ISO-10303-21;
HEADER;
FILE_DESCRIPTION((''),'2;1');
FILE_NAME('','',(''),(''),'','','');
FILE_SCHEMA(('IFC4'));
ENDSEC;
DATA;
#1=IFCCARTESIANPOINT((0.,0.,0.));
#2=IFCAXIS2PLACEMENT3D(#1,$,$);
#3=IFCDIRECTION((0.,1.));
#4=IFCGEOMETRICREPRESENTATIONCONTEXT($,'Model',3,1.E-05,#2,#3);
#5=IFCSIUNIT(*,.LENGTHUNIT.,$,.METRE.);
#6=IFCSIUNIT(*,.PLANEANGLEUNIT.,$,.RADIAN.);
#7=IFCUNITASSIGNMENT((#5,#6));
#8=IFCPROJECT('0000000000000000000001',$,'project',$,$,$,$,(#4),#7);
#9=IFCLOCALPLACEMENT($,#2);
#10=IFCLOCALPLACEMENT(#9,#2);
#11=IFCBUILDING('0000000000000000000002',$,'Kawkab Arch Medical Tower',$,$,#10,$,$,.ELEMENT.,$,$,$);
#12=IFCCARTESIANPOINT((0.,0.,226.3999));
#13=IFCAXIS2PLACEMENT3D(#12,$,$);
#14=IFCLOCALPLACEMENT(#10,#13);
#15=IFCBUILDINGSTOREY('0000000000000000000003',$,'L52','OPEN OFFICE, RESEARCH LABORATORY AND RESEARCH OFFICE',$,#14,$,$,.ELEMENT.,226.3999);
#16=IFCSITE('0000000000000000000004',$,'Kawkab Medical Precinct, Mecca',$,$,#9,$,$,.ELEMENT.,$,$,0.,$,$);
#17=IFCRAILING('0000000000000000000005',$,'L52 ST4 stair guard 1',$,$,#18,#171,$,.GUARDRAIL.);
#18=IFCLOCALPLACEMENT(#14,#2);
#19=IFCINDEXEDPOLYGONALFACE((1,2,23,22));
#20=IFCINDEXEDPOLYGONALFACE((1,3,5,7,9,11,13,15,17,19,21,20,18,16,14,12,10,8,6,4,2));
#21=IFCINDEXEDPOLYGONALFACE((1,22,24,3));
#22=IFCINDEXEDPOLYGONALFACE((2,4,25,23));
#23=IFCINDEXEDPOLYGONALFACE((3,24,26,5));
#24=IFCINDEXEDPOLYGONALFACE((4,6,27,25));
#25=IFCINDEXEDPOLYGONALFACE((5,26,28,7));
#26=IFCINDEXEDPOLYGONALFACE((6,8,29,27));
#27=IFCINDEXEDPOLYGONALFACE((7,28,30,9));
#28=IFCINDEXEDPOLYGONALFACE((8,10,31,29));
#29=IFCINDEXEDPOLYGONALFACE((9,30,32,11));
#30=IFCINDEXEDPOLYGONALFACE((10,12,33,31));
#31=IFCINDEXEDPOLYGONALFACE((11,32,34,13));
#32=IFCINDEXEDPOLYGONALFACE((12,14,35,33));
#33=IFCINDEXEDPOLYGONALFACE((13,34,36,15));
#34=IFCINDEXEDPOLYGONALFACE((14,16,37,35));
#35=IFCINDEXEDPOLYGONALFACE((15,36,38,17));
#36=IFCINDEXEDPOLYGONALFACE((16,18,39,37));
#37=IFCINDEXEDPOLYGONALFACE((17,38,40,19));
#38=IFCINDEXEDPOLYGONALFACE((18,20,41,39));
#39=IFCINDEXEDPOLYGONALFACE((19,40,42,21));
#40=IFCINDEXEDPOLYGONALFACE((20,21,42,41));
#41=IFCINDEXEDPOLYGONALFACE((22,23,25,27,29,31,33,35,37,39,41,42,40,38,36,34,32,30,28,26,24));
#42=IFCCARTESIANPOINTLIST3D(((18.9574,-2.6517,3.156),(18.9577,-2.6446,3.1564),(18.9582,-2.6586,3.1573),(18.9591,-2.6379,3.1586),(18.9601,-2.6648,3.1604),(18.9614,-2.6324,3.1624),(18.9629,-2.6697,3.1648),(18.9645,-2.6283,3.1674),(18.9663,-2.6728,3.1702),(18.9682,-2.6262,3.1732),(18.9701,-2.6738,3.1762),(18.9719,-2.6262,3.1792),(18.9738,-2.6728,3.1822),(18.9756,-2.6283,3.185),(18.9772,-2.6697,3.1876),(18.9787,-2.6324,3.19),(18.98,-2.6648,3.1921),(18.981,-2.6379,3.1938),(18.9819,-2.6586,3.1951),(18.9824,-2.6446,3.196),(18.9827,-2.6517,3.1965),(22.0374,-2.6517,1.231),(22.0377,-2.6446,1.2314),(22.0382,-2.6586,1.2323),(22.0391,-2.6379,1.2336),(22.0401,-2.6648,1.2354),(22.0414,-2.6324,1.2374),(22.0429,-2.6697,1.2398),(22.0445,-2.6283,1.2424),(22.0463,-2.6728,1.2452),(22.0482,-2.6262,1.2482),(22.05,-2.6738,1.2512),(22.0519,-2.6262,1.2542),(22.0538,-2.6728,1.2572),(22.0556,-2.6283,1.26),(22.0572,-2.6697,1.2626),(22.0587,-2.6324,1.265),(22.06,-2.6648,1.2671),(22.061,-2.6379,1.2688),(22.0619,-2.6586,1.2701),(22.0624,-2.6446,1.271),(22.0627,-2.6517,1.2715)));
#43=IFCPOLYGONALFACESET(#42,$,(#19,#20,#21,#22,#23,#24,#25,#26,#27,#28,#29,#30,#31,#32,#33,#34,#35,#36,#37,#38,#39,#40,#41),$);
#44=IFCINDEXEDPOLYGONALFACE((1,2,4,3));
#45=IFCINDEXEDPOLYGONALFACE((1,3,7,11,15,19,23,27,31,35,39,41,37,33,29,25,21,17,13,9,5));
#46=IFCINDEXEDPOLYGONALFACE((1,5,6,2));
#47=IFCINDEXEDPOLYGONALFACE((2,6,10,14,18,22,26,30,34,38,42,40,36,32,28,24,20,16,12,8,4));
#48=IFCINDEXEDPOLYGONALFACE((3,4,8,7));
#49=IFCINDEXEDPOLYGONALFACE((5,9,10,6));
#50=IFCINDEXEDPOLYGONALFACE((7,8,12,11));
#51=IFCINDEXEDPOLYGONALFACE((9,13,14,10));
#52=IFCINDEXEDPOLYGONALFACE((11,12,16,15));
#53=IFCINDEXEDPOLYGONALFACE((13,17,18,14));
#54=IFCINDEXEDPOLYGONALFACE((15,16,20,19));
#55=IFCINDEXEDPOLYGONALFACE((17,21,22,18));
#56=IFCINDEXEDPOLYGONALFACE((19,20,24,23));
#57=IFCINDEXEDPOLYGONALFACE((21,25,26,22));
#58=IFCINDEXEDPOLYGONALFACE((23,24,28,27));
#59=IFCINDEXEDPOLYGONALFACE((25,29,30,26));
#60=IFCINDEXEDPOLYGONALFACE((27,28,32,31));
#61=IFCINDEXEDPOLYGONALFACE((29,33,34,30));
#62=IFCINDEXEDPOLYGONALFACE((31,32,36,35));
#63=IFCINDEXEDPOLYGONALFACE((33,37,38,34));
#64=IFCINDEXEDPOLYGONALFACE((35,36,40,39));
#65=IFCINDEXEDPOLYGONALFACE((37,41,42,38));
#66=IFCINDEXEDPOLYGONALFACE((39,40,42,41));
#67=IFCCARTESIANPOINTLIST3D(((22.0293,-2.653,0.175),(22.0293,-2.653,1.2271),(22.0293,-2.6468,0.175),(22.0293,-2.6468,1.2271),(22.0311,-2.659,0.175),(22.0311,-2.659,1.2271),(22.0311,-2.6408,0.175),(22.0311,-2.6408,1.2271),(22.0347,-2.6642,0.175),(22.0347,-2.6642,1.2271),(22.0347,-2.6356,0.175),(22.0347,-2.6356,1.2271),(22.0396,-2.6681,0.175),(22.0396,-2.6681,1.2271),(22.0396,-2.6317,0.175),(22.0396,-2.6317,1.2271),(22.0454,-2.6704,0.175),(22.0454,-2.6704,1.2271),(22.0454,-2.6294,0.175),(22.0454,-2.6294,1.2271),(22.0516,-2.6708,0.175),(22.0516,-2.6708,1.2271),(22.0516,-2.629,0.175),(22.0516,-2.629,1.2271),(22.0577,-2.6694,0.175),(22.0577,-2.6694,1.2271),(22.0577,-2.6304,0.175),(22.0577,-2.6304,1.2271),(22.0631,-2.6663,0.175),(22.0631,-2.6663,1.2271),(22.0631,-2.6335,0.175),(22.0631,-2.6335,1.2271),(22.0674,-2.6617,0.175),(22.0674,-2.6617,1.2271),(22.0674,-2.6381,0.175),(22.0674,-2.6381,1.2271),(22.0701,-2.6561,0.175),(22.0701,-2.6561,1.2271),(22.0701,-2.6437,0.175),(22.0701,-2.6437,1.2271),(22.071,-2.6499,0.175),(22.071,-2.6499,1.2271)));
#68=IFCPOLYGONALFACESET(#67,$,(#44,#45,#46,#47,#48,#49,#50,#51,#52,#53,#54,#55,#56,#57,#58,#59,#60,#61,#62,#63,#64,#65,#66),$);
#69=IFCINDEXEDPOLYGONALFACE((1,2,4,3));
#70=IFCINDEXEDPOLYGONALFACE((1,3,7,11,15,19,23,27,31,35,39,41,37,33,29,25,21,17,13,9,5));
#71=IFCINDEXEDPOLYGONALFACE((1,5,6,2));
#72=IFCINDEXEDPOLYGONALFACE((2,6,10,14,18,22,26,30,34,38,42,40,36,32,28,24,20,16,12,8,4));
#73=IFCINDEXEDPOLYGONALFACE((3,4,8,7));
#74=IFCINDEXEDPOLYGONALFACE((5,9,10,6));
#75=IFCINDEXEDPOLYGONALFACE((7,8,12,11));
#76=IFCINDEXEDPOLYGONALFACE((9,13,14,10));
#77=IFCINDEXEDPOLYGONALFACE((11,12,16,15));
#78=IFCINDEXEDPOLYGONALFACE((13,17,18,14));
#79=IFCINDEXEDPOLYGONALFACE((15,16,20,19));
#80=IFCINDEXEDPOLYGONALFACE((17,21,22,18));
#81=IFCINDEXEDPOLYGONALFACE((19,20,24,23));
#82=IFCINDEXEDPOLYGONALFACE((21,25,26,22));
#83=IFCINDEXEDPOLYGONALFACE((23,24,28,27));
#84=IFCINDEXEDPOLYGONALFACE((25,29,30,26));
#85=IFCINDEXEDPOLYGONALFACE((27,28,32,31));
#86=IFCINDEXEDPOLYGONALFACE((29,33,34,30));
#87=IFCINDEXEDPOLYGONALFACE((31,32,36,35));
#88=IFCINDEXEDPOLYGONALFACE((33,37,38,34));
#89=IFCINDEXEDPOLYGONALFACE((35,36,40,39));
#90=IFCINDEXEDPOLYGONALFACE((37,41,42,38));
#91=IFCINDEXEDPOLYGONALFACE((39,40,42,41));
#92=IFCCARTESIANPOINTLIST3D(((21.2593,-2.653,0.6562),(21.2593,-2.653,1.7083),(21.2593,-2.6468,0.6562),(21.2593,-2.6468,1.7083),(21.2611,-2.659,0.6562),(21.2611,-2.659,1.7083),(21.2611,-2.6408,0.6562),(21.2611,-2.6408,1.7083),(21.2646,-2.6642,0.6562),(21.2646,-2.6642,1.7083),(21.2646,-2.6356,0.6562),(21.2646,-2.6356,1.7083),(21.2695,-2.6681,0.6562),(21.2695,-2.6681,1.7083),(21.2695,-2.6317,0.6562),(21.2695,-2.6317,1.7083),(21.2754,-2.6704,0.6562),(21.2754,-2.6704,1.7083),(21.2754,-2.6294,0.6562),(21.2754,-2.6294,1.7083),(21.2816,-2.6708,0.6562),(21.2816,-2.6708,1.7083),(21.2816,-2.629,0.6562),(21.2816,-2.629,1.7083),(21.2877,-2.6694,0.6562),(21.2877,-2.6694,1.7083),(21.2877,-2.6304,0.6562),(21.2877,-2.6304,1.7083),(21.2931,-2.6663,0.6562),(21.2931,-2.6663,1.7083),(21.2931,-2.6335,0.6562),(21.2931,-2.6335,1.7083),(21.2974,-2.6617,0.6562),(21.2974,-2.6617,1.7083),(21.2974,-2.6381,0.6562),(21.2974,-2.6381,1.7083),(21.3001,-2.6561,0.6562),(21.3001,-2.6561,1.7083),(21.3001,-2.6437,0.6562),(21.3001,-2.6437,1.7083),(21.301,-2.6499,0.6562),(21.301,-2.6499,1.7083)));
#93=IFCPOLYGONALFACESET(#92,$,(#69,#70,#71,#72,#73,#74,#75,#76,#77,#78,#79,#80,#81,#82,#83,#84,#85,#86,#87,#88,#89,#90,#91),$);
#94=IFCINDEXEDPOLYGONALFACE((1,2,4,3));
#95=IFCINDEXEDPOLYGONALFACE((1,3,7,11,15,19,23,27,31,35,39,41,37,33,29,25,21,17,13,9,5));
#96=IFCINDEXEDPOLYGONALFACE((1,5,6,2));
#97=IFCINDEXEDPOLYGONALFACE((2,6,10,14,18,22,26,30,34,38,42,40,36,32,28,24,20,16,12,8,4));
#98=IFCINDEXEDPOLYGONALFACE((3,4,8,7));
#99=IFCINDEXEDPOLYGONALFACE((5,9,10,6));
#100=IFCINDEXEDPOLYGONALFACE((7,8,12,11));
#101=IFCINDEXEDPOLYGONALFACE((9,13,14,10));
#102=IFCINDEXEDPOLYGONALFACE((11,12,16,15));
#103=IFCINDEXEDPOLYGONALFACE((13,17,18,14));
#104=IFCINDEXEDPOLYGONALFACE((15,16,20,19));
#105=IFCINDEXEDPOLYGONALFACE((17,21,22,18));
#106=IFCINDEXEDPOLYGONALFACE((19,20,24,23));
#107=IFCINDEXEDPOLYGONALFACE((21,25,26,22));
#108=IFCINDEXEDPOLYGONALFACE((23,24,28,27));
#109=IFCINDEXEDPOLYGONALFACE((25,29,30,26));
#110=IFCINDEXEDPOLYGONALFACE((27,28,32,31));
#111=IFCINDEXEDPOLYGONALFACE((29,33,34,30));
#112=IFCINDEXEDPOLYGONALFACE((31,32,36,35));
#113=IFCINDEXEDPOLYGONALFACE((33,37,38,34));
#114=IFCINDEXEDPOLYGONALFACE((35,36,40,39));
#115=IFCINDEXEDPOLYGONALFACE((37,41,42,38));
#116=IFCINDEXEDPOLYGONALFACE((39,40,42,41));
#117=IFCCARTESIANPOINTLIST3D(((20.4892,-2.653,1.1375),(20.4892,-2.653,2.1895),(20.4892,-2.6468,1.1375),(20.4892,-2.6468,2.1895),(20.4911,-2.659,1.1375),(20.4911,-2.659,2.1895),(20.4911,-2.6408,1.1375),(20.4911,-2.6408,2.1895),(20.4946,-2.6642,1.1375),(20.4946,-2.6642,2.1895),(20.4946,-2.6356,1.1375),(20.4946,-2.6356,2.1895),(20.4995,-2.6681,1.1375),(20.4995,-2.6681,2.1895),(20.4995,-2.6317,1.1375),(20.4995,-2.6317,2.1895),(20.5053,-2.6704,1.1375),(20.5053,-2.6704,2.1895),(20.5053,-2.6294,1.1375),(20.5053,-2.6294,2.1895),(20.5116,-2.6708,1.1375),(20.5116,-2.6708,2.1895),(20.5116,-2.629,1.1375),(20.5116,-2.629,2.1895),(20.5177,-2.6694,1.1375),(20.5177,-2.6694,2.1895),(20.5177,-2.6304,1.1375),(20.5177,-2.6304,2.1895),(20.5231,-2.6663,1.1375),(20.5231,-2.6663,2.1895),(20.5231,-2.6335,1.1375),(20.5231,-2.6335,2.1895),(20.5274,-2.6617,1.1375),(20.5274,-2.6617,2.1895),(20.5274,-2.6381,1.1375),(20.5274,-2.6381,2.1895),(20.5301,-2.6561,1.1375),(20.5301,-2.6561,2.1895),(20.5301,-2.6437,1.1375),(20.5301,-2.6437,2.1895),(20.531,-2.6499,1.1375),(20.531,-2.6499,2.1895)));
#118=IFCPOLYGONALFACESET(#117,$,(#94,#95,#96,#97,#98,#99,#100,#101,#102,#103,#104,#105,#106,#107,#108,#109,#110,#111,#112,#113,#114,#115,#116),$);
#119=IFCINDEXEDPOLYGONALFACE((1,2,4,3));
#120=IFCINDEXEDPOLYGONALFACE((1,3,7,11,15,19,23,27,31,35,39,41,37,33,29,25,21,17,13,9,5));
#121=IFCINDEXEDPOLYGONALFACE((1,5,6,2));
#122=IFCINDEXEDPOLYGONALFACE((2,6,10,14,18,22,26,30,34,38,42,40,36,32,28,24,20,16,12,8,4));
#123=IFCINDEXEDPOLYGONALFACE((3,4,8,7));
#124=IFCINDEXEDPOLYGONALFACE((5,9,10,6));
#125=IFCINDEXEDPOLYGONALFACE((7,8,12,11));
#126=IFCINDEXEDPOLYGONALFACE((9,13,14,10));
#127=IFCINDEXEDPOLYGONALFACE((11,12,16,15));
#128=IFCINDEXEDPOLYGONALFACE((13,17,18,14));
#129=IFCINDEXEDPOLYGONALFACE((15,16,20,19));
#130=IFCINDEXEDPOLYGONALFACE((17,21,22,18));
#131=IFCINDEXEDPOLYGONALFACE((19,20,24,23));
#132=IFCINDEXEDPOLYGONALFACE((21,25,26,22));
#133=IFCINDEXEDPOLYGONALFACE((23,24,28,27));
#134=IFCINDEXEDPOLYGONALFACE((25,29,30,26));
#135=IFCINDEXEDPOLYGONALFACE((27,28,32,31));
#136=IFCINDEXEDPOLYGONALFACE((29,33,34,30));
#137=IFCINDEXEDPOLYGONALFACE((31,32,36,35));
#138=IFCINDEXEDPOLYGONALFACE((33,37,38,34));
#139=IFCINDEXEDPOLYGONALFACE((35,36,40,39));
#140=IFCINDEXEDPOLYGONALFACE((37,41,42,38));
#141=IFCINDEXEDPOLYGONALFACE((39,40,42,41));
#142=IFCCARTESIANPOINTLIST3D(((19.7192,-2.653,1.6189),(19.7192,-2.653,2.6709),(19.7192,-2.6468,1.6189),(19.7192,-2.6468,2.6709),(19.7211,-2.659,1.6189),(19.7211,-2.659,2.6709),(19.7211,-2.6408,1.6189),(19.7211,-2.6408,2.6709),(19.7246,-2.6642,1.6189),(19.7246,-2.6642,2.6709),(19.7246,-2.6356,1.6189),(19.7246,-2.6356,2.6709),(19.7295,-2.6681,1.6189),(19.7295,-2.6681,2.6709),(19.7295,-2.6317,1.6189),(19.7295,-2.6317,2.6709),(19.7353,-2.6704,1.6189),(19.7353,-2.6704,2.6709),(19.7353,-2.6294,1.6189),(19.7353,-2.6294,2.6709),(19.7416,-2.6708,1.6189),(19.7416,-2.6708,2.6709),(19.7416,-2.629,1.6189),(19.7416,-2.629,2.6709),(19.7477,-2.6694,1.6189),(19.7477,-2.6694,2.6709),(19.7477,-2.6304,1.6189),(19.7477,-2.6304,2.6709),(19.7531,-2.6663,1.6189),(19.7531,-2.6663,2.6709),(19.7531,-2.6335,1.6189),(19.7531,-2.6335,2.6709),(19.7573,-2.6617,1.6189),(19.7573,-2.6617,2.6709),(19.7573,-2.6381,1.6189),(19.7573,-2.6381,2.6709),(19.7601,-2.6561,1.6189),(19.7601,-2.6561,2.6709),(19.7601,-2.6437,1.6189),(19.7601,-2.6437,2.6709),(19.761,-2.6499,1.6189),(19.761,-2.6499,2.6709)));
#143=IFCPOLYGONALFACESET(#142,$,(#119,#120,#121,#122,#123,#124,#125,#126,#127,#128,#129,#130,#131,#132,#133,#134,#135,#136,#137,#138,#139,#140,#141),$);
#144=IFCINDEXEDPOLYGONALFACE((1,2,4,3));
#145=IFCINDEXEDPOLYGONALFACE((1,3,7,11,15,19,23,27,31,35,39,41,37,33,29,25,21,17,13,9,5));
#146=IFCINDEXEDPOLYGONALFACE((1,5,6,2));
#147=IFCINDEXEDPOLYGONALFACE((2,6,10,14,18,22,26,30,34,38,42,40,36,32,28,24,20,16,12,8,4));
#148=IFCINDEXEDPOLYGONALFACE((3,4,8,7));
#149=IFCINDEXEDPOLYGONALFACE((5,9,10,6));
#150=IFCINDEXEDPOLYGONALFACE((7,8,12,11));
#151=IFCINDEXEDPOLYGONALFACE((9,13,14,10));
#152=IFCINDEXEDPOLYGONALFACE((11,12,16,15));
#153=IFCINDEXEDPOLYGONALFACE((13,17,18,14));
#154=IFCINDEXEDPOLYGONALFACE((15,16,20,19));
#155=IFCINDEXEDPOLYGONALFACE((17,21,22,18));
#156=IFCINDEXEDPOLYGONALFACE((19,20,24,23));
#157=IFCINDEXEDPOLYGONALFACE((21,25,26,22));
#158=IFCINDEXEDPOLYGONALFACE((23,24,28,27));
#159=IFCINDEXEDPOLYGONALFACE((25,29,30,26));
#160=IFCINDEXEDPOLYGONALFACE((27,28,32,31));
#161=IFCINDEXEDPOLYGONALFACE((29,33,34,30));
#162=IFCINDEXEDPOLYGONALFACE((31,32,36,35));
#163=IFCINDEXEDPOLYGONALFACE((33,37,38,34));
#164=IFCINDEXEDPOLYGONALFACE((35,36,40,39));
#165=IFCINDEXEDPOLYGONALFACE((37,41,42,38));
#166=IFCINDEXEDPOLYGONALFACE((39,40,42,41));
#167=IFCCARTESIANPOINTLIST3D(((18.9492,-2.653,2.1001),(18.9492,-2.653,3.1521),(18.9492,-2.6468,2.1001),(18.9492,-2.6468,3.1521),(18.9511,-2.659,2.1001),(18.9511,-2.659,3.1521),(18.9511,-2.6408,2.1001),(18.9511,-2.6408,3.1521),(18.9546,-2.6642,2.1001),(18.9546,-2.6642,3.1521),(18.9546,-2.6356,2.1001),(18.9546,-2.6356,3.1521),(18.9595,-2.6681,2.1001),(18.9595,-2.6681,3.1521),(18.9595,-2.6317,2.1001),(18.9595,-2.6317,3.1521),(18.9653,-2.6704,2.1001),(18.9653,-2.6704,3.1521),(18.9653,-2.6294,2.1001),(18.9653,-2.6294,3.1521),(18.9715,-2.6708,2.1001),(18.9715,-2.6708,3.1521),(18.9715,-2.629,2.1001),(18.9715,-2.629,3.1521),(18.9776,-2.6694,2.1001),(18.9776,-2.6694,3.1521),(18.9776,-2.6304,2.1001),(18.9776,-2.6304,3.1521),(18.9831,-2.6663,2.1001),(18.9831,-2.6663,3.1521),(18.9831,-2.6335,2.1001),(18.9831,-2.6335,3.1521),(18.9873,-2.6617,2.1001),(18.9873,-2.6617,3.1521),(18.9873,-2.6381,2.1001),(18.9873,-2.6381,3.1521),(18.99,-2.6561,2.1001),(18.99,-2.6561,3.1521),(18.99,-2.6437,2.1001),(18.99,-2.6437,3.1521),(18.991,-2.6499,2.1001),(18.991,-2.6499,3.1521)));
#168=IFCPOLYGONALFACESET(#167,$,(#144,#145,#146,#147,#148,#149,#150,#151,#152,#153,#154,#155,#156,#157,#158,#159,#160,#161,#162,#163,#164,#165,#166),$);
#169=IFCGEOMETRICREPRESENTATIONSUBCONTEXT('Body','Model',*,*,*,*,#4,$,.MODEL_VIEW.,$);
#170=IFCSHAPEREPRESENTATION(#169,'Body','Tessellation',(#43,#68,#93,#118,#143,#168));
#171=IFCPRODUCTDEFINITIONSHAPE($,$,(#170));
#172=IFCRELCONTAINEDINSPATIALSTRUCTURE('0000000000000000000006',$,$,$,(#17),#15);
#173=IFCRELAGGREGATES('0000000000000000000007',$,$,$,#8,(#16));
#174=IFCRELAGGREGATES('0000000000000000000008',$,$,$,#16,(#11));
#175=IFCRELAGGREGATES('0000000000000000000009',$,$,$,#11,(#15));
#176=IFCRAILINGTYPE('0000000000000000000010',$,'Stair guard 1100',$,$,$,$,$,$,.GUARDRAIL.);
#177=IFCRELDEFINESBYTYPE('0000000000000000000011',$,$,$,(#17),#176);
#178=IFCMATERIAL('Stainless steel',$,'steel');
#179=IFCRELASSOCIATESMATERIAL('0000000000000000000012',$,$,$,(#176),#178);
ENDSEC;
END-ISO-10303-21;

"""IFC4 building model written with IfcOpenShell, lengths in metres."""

from ifc_helpers import new_model, si_unit, direction, frame, origin, origin_2d, place, context, subcontext, project, spatial, circle, extrude, material, type_object, element, save


model = new_model("IFC4")

# Units and contexts
model_context = context("Model", 3, precision=1e-05, world=origin(), true_north=direction((0.0, 1.0)))
body_context = subcontext(model_context, "Body", "Model", "MODEL_VIEW")
ifc_project = project(units=[si_unit("LENGTHUNIT", "METRE"), si_unit("PLANEANGLEUNIT", "RADIAN")], contexts=[model_context])

# Site, building, storey
site_placement = place(None, origin())
site = spatial("IfcSite", under=ifc_project, at=site_placement, Name="Kawkab Medical Precinct, Mecca", CompositionType="ELEMENT", RefElevation=0.0)
building_placement = place(site_placement, origin())
building = spatial("IfcBuilding", under=site, at=building_placement, Name="Kawkab Arch Medical Tower", CompositionType="ELEMENT")
storey_placement = place(building_placement, frame((0.0, 0.0, 226.3999)))
storey = spatial("IfcBuildingStorey", under=building, at=storey_placement, Name="L52", Description="OPEN OFFICE, RESEARCH LABORATORY AND RESEARCH OFFICE", CompositionType="ELEMENT", Elevation=226.3999)

# Railing
ifc_material_1 = material(Name="Stainless steel", Category="steel")
railing_type = type_object("IfcRailingType", Name="Stair guard 1100", PredefinedType="GUARDRAIL", material=ifc_material_1)
railing_1_placement = place(storey_placement, frame((22.05, -2.6499, 0.175)))
element("IfcRailing", 1, at=railing_1_placement, inside=storey, type_object=railing_type, Name="L52 ST4 stair guard 1", PredefinedType="GUARDRAIL", context=body_context, shape_type="SweptSolid", body=[
    extrude(circle(Radius=0.0239, at=origin_2d()), frame((0.0, 0.0, 1.0762), z_axis=(-0.847998, 0.0, 0.529999), x_axis=(0.0, -1.0, 0.0)), (0.0, 0.0, 1.0), 3.6321),
    extrude(circle(Radius=0.021, at=origin_2d()), origin(), (0.0, 0.0, 1.0), 1.052),
    extrude(circle(Radius=0.021, at=origin_2d()), frame((-0.77, 0.0, 0.4812)), (0.0, 0.0, 1.0), 1.052),
    extrude(circle(Radius=0.021, at=origin_2d()), frame((-1.54, 0.0, 0.9624)), (0.0, 0.0, 1.0), 1.052),
    extrude(circle(Radius=0.021, at=origin_2d()), frame((-2.3101, 0.0, 1.4438)), (0.0, 0.0, 1.0), 1.052),
    extrude(circle(Radius=0.021, at=origin_2d()), frame((-3.0801, 0.0, 1.925)), (0.0, 0.0, 1.0), 1.052),
])

save(model, "model.ifc")
